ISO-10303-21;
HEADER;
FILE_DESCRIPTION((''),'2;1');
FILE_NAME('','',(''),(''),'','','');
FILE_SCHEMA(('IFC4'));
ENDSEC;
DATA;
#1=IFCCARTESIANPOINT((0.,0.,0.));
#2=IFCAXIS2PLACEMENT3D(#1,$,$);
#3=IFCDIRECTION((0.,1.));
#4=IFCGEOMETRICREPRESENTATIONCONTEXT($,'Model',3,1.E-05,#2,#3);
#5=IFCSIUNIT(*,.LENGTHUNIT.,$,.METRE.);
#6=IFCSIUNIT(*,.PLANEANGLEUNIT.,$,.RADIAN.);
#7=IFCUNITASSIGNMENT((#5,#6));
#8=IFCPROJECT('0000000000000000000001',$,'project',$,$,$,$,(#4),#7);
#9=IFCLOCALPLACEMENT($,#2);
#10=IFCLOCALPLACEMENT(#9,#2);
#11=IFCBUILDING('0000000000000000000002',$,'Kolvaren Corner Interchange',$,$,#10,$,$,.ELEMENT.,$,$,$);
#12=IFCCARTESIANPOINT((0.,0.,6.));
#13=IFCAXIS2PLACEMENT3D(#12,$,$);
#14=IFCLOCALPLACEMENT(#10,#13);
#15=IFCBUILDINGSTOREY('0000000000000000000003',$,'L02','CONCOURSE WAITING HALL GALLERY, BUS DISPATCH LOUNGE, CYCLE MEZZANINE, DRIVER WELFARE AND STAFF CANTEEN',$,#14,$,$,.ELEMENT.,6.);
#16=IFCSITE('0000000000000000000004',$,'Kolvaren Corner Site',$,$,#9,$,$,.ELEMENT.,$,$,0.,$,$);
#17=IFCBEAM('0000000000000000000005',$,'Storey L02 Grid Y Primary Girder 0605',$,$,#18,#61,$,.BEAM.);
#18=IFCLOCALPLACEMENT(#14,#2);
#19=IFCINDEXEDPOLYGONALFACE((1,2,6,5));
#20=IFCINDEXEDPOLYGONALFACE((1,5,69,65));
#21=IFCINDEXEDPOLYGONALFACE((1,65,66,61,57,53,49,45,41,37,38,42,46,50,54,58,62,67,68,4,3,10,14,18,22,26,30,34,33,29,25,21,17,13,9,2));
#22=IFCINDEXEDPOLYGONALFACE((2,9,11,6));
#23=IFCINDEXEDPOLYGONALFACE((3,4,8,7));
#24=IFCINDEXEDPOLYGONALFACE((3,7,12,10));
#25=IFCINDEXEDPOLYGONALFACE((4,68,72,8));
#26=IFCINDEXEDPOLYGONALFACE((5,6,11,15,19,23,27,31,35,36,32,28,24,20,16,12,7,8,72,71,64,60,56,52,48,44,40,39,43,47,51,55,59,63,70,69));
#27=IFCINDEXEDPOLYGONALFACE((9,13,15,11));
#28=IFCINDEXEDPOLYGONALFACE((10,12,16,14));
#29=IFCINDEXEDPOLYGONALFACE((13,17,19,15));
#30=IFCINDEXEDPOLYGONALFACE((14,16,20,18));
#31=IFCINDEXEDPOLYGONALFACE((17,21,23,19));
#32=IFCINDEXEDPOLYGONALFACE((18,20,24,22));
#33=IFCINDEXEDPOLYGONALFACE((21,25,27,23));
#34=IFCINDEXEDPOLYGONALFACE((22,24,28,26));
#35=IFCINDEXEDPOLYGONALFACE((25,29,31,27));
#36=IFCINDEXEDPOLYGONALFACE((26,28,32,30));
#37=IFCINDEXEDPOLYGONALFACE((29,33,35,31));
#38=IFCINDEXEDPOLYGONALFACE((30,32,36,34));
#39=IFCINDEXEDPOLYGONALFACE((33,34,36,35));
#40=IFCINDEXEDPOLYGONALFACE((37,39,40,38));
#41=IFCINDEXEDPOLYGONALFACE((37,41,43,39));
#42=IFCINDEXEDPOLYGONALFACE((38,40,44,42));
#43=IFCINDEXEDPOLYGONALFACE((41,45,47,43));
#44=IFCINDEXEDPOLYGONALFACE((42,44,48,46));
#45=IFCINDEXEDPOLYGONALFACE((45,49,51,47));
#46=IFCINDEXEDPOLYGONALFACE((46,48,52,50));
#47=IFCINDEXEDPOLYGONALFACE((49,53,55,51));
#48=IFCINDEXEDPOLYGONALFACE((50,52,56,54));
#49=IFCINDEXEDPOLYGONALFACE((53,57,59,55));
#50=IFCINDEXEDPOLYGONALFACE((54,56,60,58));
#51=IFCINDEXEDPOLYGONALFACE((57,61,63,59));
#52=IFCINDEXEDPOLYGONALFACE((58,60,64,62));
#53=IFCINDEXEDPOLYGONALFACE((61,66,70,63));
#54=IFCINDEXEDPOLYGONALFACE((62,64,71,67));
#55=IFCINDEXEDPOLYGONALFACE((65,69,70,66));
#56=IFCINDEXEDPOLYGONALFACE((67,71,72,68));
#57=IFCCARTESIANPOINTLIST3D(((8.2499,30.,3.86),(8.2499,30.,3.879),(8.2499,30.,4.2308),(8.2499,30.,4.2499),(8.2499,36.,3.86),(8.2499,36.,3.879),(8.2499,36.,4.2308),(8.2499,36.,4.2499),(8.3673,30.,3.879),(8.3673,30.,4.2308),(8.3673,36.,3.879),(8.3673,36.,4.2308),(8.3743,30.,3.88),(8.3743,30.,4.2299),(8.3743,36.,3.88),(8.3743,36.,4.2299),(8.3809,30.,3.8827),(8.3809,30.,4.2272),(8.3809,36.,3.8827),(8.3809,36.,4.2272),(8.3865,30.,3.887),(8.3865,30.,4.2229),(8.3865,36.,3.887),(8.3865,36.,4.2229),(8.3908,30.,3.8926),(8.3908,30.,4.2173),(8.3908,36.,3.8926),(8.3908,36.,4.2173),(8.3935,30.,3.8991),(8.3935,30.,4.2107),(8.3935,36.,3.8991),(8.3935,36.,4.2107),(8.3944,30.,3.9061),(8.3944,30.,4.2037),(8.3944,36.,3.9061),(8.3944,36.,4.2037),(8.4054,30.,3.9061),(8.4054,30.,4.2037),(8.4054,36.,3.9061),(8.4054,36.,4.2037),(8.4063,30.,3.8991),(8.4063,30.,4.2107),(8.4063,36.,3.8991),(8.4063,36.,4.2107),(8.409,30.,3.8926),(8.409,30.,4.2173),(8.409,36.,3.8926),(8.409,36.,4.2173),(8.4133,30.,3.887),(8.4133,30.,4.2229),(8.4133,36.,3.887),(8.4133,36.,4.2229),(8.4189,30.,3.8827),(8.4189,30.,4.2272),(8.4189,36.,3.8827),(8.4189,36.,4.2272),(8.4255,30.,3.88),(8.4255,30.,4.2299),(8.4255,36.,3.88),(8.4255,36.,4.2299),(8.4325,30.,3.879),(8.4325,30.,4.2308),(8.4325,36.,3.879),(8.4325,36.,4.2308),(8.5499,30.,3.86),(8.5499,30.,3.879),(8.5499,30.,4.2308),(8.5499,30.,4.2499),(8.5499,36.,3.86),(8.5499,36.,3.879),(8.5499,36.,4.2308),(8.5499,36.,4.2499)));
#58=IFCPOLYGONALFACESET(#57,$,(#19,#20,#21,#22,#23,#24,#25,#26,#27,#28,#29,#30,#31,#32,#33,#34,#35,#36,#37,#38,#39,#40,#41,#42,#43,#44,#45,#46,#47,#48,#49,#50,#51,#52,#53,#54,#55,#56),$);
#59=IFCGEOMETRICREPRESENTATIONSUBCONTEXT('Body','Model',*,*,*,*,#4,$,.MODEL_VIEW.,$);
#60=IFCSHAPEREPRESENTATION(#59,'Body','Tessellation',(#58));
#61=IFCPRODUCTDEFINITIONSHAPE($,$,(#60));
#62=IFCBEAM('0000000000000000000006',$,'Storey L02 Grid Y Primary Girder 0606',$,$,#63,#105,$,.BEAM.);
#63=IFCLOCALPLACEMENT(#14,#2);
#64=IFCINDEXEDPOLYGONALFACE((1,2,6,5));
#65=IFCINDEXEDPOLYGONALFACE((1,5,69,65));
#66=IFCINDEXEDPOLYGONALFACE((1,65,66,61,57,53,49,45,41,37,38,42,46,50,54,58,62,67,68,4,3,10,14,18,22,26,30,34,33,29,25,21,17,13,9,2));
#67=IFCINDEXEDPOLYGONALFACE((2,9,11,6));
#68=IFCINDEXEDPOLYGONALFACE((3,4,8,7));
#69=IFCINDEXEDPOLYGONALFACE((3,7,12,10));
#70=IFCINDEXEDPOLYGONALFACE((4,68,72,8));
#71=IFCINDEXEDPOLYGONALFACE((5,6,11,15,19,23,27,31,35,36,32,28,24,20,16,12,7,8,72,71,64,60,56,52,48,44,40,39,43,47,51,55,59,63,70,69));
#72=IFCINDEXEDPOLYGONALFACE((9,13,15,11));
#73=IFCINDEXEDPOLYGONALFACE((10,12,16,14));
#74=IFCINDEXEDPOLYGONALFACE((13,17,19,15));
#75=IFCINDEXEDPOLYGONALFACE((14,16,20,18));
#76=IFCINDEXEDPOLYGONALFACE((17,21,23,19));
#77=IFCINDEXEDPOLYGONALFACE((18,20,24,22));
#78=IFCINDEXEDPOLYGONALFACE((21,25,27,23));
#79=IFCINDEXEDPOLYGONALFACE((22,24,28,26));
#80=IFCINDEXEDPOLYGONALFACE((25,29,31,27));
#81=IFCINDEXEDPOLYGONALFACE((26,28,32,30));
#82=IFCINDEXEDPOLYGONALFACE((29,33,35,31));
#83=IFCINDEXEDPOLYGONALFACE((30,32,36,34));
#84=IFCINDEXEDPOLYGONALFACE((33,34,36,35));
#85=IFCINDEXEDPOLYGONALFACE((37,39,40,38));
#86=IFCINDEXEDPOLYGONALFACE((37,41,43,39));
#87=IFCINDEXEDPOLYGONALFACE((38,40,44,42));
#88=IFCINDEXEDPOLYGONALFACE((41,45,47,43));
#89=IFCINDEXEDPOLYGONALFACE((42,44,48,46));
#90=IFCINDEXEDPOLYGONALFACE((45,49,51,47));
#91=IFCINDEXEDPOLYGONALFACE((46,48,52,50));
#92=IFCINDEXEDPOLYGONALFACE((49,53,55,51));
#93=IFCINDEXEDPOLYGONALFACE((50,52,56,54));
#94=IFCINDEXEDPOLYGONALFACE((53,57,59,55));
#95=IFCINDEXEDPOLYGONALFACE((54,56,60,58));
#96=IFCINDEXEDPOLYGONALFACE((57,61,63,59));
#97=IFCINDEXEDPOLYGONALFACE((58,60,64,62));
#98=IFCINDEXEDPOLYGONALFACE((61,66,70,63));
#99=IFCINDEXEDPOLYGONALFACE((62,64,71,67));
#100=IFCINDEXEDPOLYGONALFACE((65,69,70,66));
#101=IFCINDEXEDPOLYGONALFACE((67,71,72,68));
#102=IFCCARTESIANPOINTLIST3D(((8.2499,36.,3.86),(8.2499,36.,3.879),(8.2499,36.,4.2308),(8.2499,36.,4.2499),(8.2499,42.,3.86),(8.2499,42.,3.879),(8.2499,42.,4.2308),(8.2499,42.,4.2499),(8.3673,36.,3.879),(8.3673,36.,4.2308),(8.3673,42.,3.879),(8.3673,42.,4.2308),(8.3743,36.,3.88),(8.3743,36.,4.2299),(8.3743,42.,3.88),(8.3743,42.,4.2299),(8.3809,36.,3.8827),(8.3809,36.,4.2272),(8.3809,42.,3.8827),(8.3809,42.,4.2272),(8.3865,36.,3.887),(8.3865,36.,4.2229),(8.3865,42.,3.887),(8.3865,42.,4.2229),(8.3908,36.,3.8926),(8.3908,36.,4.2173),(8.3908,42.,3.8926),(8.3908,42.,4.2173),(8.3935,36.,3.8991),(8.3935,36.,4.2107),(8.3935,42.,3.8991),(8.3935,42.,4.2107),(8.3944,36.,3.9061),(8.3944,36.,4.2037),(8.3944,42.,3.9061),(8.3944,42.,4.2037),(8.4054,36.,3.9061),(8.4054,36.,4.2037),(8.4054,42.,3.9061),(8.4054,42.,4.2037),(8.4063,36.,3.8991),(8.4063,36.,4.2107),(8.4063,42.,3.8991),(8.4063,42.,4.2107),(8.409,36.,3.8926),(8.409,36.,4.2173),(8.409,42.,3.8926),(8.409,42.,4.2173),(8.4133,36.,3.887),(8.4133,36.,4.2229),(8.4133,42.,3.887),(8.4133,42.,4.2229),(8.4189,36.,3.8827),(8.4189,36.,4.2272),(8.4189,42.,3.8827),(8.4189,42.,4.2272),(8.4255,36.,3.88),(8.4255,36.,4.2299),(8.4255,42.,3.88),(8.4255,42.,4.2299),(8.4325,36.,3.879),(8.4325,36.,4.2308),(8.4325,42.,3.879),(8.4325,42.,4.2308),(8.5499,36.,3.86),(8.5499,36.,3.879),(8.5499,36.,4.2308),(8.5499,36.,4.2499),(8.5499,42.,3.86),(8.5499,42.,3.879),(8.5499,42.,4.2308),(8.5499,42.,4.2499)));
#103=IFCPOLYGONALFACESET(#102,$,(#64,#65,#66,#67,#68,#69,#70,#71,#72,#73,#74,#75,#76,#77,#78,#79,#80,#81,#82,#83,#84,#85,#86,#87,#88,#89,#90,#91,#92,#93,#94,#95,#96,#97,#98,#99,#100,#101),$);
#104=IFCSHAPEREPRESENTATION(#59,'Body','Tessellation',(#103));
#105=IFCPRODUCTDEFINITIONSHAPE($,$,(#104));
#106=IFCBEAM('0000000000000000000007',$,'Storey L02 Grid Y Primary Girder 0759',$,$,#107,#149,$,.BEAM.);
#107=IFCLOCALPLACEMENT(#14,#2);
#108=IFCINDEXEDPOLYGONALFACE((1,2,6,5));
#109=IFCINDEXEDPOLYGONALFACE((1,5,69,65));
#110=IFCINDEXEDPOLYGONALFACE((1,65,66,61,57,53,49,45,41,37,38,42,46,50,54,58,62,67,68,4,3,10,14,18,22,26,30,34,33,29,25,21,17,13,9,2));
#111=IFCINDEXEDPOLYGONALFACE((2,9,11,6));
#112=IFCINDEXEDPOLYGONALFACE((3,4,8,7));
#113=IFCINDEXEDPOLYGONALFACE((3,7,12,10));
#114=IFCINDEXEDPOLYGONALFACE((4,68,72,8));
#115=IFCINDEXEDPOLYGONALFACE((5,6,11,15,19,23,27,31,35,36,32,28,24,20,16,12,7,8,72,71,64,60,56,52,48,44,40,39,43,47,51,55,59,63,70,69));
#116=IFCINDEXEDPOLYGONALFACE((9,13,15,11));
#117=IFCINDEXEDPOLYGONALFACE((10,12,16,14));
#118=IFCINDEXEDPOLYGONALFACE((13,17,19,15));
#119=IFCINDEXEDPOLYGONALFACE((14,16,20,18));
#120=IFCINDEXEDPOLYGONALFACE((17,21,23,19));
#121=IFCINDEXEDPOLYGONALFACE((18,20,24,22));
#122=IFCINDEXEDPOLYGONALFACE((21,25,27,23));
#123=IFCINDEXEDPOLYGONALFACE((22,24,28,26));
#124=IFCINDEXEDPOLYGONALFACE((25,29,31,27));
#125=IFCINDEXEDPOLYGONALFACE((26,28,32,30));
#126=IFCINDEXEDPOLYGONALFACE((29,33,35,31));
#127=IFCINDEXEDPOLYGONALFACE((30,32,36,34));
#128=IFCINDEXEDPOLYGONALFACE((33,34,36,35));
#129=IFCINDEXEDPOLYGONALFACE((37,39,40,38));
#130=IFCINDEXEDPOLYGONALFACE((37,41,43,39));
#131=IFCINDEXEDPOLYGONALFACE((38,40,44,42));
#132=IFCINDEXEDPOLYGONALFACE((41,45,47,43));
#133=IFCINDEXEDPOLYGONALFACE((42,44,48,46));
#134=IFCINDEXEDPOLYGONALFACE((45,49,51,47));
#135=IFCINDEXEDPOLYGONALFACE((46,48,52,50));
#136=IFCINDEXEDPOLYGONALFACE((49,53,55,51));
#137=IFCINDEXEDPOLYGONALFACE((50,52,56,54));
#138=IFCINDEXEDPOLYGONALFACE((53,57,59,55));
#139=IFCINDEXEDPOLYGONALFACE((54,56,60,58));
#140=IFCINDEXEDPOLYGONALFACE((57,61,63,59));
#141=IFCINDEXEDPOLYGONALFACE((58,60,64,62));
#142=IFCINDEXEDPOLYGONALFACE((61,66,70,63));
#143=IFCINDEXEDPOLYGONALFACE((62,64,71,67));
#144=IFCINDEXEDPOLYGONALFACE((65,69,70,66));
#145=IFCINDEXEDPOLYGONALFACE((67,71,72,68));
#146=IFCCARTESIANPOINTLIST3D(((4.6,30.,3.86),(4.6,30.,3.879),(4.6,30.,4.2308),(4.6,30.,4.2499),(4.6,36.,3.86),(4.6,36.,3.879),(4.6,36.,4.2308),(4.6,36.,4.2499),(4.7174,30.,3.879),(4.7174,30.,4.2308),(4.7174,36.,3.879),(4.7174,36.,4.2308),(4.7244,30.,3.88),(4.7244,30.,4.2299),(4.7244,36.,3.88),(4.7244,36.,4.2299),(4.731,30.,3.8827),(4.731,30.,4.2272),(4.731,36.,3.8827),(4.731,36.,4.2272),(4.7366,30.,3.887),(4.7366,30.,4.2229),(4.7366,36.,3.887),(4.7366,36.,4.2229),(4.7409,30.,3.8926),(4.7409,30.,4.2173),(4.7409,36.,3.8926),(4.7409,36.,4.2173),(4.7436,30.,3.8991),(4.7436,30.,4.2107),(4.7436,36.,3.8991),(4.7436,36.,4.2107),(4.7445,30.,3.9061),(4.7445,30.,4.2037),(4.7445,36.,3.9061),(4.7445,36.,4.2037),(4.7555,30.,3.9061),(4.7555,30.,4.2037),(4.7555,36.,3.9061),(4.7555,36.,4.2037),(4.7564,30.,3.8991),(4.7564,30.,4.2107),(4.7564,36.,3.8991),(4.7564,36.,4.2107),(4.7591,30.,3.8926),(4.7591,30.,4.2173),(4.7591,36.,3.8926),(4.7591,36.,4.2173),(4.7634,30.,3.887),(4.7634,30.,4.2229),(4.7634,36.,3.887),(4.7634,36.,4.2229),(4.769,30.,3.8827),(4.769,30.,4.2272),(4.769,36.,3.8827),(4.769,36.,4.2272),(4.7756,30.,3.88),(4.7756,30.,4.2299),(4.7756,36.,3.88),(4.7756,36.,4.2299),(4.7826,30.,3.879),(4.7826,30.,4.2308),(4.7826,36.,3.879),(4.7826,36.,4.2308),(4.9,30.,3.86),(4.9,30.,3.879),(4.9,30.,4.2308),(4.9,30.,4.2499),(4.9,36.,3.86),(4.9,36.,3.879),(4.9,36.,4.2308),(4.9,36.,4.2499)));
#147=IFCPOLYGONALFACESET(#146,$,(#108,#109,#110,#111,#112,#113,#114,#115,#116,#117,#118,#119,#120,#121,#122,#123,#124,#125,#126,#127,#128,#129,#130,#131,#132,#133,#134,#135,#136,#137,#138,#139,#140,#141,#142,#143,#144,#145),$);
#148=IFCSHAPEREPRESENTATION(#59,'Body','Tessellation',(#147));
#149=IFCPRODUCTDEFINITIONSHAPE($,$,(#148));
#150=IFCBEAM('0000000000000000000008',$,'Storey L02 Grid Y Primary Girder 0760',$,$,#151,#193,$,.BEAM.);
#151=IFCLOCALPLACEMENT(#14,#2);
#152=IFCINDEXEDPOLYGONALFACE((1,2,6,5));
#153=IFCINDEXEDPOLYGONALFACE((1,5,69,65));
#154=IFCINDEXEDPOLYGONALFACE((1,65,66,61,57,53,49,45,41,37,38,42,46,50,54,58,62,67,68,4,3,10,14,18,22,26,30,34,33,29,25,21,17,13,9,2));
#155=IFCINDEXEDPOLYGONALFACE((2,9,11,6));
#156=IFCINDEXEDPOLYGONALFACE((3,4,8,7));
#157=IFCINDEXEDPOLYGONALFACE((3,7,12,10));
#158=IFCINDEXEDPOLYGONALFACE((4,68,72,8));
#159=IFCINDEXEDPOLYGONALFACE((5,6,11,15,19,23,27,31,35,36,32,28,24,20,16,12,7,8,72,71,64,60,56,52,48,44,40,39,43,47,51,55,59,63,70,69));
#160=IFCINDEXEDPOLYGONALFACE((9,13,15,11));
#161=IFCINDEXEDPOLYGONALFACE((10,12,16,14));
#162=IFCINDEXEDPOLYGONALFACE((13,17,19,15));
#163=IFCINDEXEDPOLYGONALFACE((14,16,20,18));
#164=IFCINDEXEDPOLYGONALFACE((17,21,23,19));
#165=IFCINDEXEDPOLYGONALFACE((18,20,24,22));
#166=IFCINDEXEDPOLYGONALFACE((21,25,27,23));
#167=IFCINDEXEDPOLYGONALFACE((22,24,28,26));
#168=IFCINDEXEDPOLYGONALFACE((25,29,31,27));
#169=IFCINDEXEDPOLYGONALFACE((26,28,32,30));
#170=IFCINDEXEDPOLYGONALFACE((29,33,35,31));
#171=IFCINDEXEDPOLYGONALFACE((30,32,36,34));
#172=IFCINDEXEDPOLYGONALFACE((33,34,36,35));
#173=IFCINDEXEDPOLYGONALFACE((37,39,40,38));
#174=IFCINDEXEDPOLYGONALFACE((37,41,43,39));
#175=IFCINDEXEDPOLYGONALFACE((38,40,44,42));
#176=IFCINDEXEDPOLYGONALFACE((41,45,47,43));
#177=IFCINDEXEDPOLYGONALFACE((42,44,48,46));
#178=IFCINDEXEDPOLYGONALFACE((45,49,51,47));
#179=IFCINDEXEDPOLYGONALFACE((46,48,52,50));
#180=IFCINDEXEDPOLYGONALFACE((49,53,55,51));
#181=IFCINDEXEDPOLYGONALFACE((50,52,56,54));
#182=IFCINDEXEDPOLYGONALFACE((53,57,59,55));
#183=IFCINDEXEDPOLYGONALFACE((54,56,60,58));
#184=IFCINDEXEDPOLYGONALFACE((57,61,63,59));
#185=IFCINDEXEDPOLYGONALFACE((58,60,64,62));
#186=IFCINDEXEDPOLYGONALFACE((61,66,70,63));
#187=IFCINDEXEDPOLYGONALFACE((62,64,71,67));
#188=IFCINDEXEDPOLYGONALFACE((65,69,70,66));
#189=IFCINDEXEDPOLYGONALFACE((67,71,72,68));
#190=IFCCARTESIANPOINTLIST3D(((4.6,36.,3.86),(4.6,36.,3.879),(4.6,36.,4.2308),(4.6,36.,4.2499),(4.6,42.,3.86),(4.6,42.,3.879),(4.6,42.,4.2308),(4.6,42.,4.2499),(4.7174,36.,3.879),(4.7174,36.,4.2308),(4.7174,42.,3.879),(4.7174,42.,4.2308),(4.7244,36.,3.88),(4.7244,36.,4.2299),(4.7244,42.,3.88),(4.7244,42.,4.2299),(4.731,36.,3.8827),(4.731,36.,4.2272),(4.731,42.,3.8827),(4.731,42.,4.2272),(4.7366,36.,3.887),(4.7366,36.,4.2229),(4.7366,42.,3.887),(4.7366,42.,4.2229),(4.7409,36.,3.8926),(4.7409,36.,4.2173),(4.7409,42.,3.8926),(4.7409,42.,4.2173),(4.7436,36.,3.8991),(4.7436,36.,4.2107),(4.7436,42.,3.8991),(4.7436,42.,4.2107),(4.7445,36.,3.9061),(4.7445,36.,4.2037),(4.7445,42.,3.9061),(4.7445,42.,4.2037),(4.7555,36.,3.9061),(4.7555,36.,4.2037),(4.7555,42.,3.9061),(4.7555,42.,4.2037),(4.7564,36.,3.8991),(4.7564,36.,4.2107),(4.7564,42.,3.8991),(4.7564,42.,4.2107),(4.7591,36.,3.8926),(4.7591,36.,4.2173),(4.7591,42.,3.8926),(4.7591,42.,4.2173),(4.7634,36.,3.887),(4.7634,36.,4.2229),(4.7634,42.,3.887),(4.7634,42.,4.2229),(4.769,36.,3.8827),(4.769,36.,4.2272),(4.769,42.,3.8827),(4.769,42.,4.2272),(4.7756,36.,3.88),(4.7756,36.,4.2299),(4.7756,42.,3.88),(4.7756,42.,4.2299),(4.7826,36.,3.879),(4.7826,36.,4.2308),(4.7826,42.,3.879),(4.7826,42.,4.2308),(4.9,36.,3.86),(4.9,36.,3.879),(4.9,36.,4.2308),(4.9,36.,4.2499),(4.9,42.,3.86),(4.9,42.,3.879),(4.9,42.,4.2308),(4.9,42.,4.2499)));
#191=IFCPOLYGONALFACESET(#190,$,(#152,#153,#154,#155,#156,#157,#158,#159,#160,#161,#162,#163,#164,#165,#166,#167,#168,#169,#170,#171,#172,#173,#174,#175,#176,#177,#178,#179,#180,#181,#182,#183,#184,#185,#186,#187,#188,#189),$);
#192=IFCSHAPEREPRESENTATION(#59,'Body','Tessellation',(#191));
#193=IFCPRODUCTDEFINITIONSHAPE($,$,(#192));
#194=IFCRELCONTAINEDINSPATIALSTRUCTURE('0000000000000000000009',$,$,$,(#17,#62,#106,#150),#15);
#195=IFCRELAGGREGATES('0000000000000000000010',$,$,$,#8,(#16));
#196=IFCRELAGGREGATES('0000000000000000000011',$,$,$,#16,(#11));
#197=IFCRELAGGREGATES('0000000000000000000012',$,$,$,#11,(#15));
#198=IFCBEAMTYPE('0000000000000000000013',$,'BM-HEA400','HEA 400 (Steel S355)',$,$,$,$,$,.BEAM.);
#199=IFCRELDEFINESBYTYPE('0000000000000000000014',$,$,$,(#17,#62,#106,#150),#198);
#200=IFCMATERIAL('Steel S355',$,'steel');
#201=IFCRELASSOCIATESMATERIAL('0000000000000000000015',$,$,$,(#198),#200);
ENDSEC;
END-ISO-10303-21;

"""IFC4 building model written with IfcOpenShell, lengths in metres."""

from ifc_helpers import new_model, si_unit, direction, frame, origin, origin_2d, place, context, subcontext, project, spatial, i_section, extrude, material, material_profile, profile_set, type_object, element, save


model = new_model("IFC4")

# Units and contexts
model_context = context("Model", 3, precision=1e-05, world=origin(), true_north=direction((0.0, 1.0)))
body_context = subcontext(model_context, "Body", "Model", "MODEL_VIEW")
ifc_project = project(units=[si_unit("LENGTHUNIT", "METRE"), si_unit("PLANEANGLEUNIT", "RADIAN")], contexts=[model_context])

# Site, building, storey
site_placement = place(None, origin())
site = spatial("IfcSite", under=ifc_project, at=site_placement, Name="Kolvaren Corner Site", CompositionType="ELEMENT", RefElevation=0.0)
building_placement = place(site_placement, origin())
building = spatial("IfcBuilding", under=site, at=building_placement, Name="Kolvaren Corner Interchange", CompositionType="ELEMENT")
storey_placement = place(building_placement, frame((0.0, 0.0, 6.0)))
storey = spatial("IfcBuildingStorey", under=building, at=storey_placement, Name="L02", Description="CONCOURSE WAITING HALL GALLERY, BUS DISPATCH LOUNGE, CYCLE MEZZANINE, DRIVER WELFARE AND STAFF CANTEEN", CompositionType="ELEMENT", Elevation=6.0)

# Beams
ifc_material_1 = material(Name="Steel S355", Category="steel")
ifc_material_profile_1 = material_profile(ifc_material_1, i_section(OverallWidth=0.3, OverallDepth=0.3899, WebThickness=0.011, FlangeThickness=0.019, FilletRadius=0.0271, at=origin_2d()), Name="HEA 400")
ifc_profile_set_1 = profile_set([ifc_material_profile_1], Name="Steel S355")
beam_type_1 = type_object("IfcBeamType", Name="BM-HEA400", Description="HEA 400 (Steel S355)", PredefinedType="BEAM", material=ifc_profile_set_1)
for number, where, z_axis, x_axis, name in (
    (1, (8.3999, 30.0, 4.0549), (0.0, 1.0, 0.0), (-1.0, 0.0, 0.0), "Storey L02 Grid Y Primary Girder 0605"),
    (2, (8.3999, 36.0, 4.0549), (0.0, 1.0, 0.0), (-1.0, 0.0, 0.0), "Storey L02 Grid Y Primary Girder 0606"),
    (3, (4.75, 30.0, 4.0549), (0.0, 1.0, 0.0), (-1.0, 0.0, 0.0), "Storey L02 Grid Y Primary Girder 0759"),
    (4, (4.75, 36.0, 4.0549), (0.0, 1.0, 0.0), (-1.0, 0.0, 0.0), "Storey L02 Grid Y Primary Girder 0760"),
):
    element("IfcBeam", number, at=place(storey_placement, frame(where, z_axis=z_axis, x_axis=x_axis)), inside=storey, type_object=beam_type_1, Name=name, PredefinedType="BEAM", context=body_context, shape_type="SweptSolid", body=[
        extrude(i_section(OverallWidth=0.3, OverallDepth=0.3899, WebThickness=0.011, FlangeThickness=0.019, FilletRadius=0.0271, at=origin_2d()), origin(), (0.0, 0.0, 1.0), 6.0),
    ])

save(model, "model.ifc")
